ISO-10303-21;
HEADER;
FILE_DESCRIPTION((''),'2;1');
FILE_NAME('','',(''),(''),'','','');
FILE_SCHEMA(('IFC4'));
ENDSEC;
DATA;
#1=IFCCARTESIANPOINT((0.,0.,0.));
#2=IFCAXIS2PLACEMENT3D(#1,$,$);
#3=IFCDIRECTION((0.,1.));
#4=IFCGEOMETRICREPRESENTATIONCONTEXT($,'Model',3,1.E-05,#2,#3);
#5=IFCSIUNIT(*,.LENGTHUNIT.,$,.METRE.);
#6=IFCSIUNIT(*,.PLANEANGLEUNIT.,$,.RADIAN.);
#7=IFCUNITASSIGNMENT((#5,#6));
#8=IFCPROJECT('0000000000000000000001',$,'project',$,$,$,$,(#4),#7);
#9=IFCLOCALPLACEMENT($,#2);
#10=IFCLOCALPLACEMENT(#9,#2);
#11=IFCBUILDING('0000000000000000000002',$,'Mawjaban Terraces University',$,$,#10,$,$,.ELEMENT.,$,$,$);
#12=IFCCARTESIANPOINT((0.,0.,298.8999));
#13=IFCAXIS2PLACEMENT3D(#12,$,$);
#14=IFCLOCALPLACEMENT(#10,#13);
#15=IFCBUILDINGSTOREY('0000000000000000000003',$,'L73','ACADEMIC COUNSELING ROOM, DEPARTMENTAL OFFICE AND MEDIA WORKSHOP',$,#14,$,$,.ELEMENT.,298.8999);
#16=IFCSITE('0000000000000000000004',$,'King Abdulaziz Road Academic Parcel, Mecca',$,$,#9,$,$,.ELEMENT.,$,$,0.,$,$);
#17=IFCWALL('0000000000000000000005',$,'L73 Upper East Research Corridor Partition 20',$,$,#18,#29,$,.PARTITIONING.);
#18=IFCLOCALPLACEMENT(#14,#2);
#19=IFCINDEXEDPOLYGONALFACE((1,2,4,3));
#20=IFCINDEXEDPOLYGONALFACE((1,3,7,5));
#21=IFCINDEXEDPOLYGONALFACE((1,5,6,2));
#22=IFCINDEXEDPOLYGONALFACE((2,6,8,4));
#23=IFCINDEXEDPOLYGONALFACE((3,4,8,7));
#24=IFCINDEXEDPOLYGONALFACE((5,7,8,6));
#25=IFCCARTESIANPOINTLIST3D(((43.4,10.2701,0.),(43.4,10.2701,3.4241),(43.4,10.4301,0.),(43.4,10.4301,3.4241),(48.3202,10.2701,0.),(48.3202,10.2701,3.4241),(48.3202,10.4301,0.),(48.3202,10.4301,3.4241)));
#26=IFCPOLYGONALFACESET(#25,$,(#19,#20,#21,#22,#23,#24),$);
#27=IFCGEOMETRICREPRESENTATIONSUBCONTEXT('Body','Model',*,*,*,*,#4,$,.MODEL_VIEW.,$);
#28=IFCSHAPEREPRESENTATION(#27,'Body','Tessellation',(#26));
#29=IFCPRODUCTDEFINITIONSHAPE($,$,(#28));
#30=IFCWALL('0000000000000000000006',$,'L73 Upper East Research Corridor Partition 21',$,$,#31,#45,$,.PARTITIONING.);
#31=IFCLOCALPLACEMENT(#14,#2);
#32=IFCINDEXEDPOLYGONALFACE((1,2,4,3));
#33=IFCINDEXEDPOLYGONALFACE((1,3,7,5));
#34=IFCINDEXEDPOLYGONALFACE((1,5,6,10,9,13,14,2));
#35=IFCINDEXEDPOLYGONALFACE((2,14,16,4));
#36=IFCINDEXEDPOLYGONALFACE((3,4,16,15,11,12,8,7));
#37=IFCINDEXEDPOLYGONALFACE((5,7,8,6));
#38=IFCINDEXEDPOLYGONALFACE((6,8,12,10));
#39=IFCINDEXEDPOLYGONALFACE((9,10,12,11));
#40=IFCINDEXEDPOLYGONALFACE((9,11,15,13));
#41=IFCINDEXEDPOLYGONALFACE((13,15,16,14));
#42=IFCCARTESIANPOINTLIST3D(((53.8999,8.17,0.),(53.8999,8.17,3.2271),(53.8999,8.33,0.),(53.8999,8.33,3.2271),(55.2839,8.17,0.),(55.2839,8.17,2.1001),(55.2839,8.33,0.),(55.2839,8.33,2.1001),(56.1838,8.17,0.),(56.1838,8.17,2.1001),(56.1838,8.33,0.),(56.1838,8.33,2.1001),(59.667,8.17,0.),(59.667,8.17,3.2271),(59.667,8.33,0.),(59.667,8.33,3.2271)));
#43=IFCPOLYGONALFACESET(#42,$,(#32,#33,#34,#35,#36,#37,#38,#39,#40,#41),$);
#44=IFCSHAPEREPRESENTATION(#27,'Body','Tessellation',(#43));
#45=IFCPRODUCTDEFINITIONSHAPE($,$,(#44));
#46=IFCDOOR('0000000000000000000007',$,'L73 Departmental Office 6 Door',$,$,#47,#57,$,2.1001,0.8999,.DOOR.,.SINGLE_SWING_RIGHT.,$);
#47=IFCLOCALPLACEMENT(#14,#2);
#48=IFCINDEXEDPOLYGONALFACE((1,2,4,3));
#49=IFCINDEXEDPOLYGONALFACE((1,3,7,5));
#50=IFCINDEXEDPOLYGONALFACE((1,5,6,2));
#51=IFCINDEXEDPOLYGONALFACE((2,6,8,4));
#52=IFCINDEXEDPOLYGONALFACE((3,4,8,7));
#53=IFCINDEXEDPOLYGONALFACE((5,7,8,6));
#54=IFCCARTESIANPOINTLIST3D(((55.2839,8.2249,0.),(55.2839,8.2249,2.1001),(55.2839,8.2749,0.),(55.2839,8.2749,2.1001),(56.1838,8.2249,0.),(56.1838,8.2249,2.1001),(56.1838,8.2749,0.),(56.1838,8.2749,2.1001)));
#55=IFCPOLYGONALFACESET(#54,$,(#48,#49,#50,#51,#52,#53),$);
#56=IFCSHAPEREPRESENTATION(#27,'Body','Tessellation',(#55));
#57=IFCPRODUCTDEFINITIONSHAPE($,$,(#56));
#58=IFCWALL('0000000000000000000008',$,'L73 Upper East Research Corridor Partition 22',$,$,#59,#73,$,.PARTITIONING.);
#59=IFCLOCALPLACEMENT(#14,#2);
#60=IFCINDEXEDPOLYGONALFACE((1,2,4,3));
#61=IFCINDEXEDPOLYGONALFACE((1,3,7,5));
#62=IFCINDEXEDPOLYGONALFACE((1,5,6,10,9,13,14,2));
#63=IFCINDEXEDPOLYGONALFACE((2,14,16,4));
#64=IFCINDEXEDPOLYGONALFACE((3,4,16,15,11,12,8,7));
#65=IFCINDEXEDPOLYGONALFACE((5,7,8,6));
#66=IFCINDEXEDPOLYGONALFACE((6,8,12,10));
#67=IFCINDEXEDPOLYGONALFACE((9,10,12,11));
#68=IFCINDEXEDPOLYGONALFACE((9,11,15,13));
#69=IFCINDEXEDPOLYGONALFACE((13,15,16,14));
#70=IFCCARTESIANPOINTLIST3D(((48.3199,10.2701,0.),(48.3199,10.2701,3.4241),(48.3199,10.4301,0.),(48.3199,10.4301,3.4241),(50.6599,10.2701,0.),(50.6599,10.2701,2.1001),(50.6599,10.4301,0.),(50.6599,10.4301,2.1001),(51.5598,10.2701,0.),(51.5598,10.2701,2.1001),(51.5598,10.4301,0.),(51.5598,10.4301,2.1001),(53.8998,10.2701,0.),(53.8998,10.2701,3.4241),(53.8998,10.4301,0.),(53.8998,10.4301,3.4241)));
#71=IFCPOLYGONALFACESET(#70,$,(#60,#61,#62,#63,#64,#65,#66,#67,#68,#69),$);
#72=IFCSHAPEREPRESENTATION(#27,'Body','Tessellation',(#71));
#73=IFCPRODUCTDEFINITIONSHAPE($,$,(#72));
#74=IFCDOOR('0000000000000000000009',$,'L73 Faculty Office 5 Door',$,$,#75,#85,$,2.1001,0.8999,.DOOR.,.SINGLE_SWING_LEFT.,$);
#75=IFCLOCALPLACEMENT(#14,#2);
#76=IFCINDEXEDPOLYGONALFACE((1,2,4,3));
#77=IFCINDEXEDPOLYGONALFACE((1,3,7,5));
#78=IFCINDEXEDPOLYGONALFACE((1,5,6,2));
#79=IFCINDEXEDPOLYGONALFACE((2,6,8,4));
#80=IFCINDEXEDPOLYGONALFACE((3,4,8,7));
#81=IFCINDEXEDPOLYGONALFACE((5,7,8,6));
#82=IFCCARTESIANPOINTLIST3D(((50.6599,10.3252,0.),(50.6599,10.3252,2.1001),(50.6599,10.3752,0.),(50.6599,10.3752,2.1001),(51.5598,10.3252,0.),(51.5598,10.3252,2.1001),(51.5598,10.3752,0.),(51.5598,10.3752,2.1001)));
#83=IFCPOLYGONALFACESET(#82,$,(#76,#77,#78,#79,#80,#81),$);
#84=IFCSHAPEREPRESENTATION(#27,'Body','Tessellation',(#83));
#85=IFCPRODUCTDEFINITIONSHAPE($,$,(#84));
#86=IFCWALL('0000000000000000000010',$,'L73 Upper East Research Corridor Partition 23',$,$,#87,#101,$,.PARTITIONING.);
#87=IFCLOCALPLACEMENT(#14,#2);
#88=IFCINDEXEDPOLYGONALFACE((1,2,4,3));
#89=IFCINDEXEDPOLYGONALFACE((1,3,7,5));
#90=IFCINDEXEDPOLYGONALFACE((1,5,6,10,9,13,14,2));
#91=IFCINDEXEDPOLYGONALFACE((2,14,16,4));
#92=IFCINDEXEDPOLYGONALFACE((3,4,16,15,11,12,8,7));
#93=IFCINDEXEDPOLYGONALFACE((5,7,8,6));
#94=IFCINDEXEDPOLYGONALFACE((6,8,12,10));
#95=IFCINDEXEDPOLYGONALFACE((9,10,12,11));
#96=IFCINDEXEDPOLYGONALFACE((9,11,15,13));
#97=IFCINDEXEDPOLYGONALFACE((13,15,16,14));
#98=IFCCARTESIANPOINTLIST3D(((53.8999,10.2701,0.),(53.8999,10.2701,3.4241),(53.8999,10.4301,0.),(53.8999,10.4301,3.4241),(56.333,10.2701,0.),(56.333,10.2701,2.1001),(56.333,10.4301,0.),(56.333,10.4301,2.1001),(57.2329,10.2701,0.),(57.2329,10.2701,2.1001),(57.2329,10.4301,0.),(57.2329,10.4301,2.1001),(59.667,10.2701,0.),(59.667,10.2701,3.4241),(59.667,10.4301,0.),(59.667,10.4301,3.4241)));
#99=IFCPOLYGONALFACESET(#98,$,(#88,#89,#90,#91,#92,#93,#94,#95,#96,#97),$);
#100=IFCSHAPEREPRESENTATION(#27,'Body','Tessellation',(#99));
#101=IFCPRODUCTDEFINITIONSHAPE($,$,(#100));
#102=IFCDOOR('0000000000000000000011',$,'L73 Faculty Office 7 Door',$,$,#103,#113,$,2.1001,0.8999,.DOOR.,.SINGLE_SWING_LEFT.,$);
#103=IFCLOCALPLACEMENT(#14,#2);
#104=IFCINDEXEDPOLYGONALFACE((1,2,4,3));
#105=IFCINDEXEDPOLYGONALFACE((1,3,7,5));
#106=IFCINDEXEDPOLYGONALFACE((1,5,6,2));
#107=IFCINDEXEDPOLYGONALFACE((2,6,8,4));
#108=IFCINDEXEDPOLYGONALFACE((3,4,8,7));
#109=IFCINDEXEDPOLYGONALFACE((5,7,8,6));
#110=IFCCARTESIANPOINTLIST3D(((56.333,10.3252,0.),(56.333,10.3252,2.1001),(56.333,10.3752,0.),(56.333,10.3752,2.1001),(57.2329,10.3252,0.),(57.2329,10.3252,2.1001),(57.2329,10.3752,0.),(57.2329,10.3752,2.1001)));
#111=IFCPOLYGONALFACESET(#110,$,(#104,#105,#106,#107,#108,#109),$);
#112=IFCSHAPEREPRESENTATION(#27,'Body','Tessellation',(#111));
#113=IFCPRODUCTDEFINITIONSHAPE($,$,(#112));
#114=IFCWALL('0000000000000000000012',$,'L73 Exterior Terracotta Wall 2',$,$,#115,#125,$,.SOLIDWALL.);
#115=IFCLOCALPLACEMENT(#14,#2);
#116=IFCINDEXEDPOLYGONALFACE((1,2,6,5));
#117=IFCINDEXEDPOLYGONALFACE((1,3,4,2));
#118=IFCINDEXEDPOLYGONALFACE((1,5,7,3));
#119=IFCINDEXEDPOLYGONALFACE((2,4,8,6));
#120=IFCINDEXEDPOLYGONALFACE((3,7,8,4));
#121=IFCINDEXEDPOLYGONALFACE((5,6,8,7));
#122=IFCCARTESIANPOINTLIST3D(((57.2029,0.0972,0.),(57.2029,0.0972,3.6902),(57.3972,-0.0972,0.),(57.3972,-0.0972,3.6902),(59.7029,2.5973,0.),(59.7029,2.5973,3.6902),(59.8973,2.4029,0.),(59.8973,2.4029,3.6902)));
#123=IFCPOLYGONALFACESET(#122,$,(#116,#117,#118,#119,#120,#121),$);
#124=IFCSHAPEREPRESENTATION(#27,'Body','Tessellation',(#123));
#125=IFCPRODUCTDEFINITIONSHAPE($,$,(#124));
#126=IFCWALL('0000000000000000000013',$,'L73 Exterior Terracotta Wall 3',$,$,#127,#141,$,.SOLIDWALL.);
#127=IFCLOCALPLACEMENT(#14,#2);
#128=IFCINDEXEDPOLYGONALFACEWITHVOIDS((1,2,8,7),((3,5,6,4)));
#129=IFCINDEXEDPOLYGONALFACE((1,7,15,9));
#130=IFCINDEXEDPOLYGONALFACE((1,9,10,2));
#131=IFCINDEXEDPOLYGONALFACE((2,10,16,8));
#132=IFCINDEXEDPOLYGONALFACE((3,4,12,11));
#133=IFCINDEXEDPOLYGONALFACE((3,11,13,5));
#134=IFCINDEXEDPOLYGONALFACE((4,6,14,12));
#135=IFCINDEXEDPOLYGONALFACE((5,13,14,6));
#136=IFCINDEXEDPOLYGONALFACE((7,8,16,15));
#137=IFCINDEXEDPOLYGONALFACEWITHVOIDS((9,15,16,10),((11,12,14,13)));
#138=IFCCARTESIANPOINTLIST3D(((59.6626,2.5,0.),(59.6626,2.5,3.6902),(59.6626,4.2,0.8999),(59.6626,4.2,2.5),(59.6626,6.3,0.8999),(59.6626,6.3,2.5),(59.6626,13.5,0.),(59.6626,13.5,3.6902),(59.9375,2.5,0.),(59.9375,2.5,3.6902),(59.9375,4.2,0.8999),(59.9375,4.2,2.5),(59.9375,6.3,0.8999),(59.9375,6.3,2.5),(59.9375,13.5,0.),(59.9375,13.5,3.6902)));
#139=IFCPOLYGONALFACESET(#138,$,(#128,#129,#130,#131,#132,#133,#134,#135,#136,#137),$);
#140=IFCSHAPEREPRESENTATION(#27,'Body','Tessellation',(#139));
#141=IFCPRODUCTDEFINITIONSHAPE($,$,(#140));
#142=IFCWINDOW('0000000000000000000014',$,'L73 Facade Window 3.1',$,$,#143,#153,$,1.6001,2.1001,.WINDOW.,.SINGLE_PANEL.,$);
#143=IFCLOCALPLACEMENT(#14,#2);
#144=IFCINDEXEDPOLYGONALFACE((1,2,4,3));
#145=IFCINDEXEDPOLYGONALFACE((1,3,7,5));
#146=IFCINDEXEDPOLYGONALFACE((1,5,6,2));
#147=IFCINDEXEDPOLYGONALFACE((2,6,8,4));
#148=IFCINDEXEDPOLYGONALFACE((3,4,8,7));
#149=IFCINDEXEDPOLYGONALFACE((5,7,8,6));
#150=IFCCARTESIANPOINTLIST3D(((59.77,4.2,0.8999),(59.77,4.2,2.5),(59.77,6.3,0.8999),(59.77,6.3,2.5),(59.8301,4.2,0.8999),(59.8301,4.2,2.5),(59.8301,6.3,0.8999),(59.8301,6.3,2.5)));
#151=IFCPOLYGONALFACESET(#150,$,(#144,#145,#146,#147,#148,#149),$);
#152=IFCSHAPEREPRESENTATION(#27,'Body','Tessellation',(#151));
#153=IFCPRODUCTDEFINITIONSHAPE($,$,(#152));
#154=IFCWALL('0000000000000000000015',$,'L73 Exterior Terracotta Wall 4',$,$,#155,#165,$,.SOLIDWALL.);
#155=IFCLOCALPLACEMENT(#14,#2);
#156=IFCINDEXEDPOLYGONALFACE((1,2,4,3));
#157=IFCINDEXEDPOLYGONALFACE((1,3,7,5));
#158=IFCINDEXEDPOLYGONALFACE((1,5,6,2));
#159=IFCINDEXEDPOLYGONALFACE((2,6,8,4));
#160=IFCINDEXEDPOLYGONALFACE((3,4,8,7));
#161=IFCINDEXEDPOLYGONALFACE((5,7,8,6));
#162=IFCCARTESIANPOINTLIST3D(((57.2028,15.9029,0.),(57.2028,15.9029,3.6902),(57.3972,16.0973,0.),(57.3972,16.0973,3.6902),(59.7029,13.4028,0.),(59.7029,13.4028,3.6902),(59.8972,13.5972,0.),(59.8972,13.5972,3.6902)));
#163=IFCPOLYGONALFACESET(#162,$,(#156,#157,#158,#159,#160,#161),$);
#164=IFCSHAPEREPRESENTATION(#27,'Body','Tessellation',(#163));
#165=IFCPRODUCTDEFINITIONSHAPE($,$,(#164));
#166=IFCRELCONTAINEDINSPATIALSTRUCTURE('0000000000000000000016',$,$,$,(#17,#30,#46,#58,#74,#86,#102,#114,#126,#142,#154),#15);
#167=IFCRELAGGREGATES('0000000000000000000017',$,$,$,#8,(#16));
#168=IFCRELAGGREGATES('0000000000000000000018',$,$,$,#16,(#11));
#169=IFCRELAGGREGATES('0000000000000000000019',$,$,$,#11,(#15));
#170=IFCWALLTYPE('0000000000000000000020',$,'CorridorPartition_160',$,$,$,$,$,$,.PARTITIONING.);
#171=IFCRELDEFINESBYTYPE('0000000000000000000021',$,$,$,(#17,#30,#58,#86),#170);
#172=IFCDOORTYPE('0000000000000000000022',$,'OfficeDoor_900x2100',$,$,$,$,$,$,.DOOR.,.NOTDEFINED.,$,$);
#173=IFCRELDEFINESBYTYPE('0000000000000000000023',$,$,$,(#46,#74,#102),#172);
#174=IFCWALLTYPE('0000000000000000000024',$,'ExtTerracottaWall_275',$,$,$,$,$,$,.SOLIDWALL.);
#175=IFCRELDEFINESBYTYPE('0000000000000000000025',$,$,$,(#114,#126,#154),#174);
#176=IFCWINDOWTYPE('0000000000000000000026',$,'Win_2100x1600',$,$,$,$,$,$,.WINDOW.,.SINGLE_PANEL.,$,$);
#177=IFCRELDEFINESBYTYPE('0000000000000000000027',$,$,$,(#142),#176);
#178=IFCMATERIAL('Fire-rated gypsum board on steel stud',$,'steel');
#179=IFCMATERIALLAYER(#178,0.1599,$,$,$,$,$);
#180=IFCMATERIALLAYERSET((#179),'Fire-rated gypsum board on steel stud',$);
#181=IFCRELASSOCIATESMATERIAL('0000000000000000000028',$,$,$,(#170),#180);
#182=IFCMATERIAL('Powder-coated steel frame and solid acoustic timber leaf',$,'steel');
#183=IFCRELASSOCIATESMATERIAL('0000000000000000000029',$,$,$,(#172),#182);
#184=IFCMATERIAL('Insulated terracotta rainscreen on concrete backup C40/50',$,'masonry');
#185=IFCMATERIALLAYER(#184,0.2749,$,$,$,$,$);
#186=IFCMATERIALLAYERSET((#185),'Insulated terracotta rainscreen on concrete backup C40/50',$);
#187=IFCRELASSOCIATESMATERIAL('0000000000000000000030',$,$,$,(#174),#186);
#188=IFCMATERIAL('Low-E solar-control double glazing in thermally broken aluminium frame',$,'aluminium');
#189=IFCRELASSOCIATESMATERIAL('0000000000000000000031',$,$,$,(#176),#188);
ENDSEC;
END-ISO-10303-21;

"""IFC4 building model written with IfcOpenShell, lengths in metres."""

from ifc_helpers import new_model, si_unit, direction, frame, frame_2d, origin, place, context, subcontext, project, spatial, rectangle, extrude, material, layer, layer_set, type_object, element, fill, save


model = new_model("IFC4")

# Units and contexts
model_context = context("Model", 3, precision=1e-05, world=origin(), true_north=direction((0.0, 1.0)))
body_context = subcontext(model_context, "Body", "Model", "MODEL_VIEW")
ifc_project = project(units=[si_unit("LENGTHUNIT", "METRE"), si_unit("PLANEANGLEUNIT", "RADIAN")], contexts=[model_context])

# Site, building, storey
site_placement = place(None, origin())
site = spatial("IfcSite", under=ifc_project, at=site_placement, Name="King Abdulaziz Road Academic Parcel, Mecca", CompositionType="ELEMENT", RefElevation=0.0)
building_placement = place(site_placement, origin())
building = spatial("IfcBuilding", under=site, at=building_placement, Name="Mawjaban Terraces University", CompositionType="ELEMENT")
storey_placement = place(building_placement, frame((0.0, 0.0, 298.8999)))
storey = spatial("IfcBuildingStorey", under=building, at=storey_placement, Name="L73", Description="ACADEMIC COUNSELING ROOM, DEPARTMENTAL OFFICE AND MEDIA WORKSHOP", CompositionType="ELEMENT", Elevation=298.8999)

# Shared definitions
ifc_material_1 = material(Name="Fire-rated gypsum board on steel stud", Category="steel")
ifc_layer_1 = layer(ifc_material_1, 0.1599)
ifc_layer_set_1 = layer_set([ifc_layer_1], Name="Fire-rated gypsum board on steel stud")
wall_type_1 = type_object("IfcWallType", Name="CorridorPartition_160", PredefinedType="PARTITIONING", material=ifc_layer_set_1)
ifc_material_2 = material(Name="Powder-coated steel frame and solid acoustic timber leaf", Category="steel")
door_type = type_object("IfcDoorType", Name="OfficeDoor_900x2100", OperationType="NOTDEFINED", PredefinedType="DOOR", material=ifc_material_2)

# Wall
wall_1_placement = place(storey_placement, frame((48.3201, 10.3501, 0.0), z_axis=(0.0, 0.0, 1.0), x_axis=(-1.0, 0.0, 0.0)))
element("IfcWall", 1, at=wall_1_placement, inside=storey, type_object=wall_type_1, Name="L73 Upper East Research Corridor Partition 20", PredefinedType="PARTITIONING", context=body_context, shape_type="SweptSolid", body=[
    extrude(rectangle(XDim=4.9202, YDim=0.1599, at=frame_2d((2.46, 0.0))), origin(), (0.0, 0.0, 1.0), 3.4241),
])

# Walls, openings, doors
wall_2_placement = place(storey_placement, frame((53.8999, 8.25, 0.0), z_axis=(0.0, 0.0, 1.0), x_axis=(1.0, 0.0, 0.0)))
wall_2 = element("IfcWall", 2, at=wall_2_placement, inside=storey, type_object=wall_type_1, Name="L73 Upper East Research Corridor Partition 21", PredefinedType="PARTITIONING", context=body_context, shape_type="SweptSolid", body=[
    extrude(rectangle(XDim=5.7671, YDim=0.1599, at=frame_2d((2.8835, 0.0))), origin(), (0.0, 0.0, 1.0), 3.2271),
])
opening_1_placement = place(wall_2_placement, frame((1.384, 0.0, 0.0)))
opening_1 = element("IfcOpeningElement", 3, at=opening_1_placement, cuts=wall_2, PredefinedType="OPENING", context=body_context, shape_type="SweptSolid", body=[
    extrude(rectangle(XDim=0.8999, YDim=2.1001, at=frame_2d((0.45, 1.05))), frame((0.0, 0.0898, 0.0), z_axis=(0.0, -1.0, 0.0), x_axis=(1.0, 0.0, 0.0)), (0.0, 0.0, 1.0), 0.1799),
])
door_1_placement = place(opening_1_placement, origin())
door_1 = element("IfcDoor", 4, at=door_1_placement, inside=storey, type_object=door_type, Name="L73 Departmental Office 6 Door", OperationType="SINGLE_SWING_RIGHT", OverallHeight=2.1001, OverallWidth=0.8999, PredefinedType="DOOR", context=body_context, shape_type="SweptSolid", body=[
    extrude(rectangle(XDim=0.8999, YDim=2.1001, at=frame_2d((0.45, 1.05))), frame((0.0, 0.0249, 0.0), z_axis=(0.0, -1.0, 0.0), x_axis=(1.0, 0.0, 0.0)), (0.0, 0.0, 1.0), 0.05),
])
fill(opening_1, door_1)
wall_3_placement = place(storey_placement, frame((53.8999, 10.3501, 0.0), z_axis=(0.0, 0.0, 1.0), x_axis=(-1.0, 0.0, 0.0)))
wall_3 = element("IfcWall", 5, at=wall_3_placement, inside=storey, type_object=wall_type_1, Name="L73 Upper East Research Corridor Partition 22", PredefinedType="PARTITIONING", context=body_context, shape_type="SweptSolid", body=[
    extrude(rectangle(XDim=5.5798, YDim=0.1599, at=frame_2d((2.79, 0.0))), origin(), (0.0, 0.0, 1.0), 3.4241),
])
opening_2_placement = place(wall_3_placement, frame((2.3401, 0.0, 0.0)))
opening_2 = element("IfcOpeningElement", 6, at=opening_2_placement, cuts=wall_3, PredefinedType="OPENING", context=body_context, shape_type="SweptSolid", body=[
    extrude(rectangle(XDim=0.8999, YDim=2.1001, at=frame_2d((0.45, 1.05))), frame((0.0, 0.0898, 0.0), z_axis=(0.0, -1.0, 0.0), x_axis=(1.0, 0.0, 0.0)), (0.0, 0.0, 1.0), 0.1799),
])
door_2_placement = place(opening_2_placement, origin())
door_2 = element("IfcDoor", 7, at=door_2_placement, inside=storey, type_object=door_type, Name="L73 Faculty Office 5 Door", OperationType="SINGLE_SWING_LEFT", OverallHeight=2.1001, OverallWidth=0.8999, PredefinedType="DOOR", context=body_context, shape_type="SweptSolid", body=[
    extrude(rectangle(XDim=0.8999, YDim=2.1001, at=frame_2d((0.45, 1.05))), frame((0.0, 0.0249, 0.0), z_axis=(0.0, -1.0, 0.0), x_axis=(1.0, 0.0, 0.0)), (0.0, 0.0, 1.0), 0.05),
])
fill(opening_2, door_2)
wall_4_placement = place(storey_placement, frame((59.667, 10.3501, 0.0), z_axis=(0.0, 0.0, 1.0), x_axis=(-1.0, 0.0, 0.0)))
wall_4 = element("IfcWall", 8, at=wall_4_placement, inside=storey, type_object=wall_type_1, Name="L73 Upper East Research Corridor Partition 23", PredefinedType="PARTITIONING", context=body_context, shape_type="SweptSolid", body=[
    extrude(rectangle(XDim=5.7671, YDim=0.1599, at=frame_2d((2.8835, 0.0))), origin(), (0.0, 0.0, 1.0), 3.4241),
])
opening_3_placement = place(wall_4_placement, frame((2.4341, 0.0, 0.0)))
opening_3 = element("IfcOpeningElement", 9, at=opening_3_placement, cuts=wall_4, PredefinedType="OPENING", context=body_context, shape_type="SweptSolid", body=[
    extrude(rectangle(XDim=0.8999, YDim=2.1001, at=frame_2d((0.45, 1.05))), frame((0.0, 0.0898, 0.0), z_axis=(0.0, -1.0, 0.0), x_axis=(1.0, 0.0, 0.0)), (0.0, 0.0, 1.0), 0.1799),
])
door_3_placement = place(opening_3_placement, origin())
door_3 = element("IfcDoor", 10, at=door_3_placement, inside=storey, type_object=door_type, Name="L73 Faculty Office 7 Door", OperationType="SINGLE_SWING_LEFT", OverallHeight=2.1001, OverallWidth=0.8999, PredefinedType="DOOR", context=body_context, shape_type="SweptSolid", body=[
    extrude(rectangle(XDim=0.8999, YDim=2.1001, at=frame_2d((0.45, 1.05))), frame((0.0, 0.0249, 0.0), z_axis=(0.0, -1.0, 0.0), x_axis=(1.0, 0.0, 0.0)), (0.0, 0.0, 1.0), 0.05),
])
fill(opening_3, door_3)

# Wall
ifc_material_3 = material(Name="Insulated terracotta rainscreen on concrete backup C40/50", Category="masonry")
ifc_layer_2 = layer(ifc_material_3, 0.2749)
ifc_layer_set_2 = layer_set([ifc_layer_2], Name="Insulated terracotta rainscreen on concrete backup C40/50")
wall_type_2 = type_object("IfcWallType", Name="ExtTerracottaWall_275", PredefinedType="SOLIDWALL", material=ifc_layer_set_2)
wall_5_placement = place(storey_placement, frame((57.3, 0.0, 0.0), z_axis=(0.0, 0.0, 1.0), x_axis=(0.707107, 0.707107, 0.0)))
element("IfcWall", 11, at=wall_5_placement, inside=storey, type_object=wall_type_2, Name="L73 Exterior Terracotta Wall 2", PredefinedType="SOLIDWALL", context=body_context, shape_type="SweptSolid", body=[
    extrude(rectangle(XDim=3.5356, YDim=0.2749, at=frame_2d((1.7678, 0.0))), origin(), (0.0, 0.0, 1.0), 3.6902),
])

# Wall, opening, window
wall_6_placement = place(storey_placement, frame((59.8, 2.5, 0.0), z_axis=(0.0, 0.0, 1.0), x_axis=(0.0, 1.0, 0.0)))
wall_6 = element("IfcWall", 12, at=wall_6_placement, inside=storey, type_object=wall_type_2, Name="L73 Exterior Terracotta Wall 3", PredefinedType="SOLIDWALL", context=body_context, shape_type="SweptSolid", body=[
    extrude(rectangle(XDim=11.0, YDim=0.2749, at=frame_2d((5.5, 0.0))), origin(), (0.0, 0.0, 1.0), 3.6902),
])
opening_4_placement = place(wall_6_placement, frame((1.7, 0.0, 0.8999)))
opening_4 = element("IfcOpeningElement", 13, at=opening_4_placement, cuts=wall_6, PredefinedType="OPENING", context=body_context, shape_type="SweptSolid", body=[
    extrude(rectangle(XDim=2.1001, YDim=1.6001, at=frame_2d((1.05, 0.8))), frame((0.0, 0.1475, 0.0), z_axis=(0.0, -1.0, 0.0), x_axis=(1.0, 0.0, 0.0)), (0.0, 0.0, 1.0), 0.2949),
])
ifc_material_4 = material(Name="Low-E solar-control double glazing in thermally broken aluminium frame", Category="aluminium")
window_type = type_object("IfcWindowType", Name="Win_2100x1600", PartitioningType="SINGLE_PANEL", PredefinedType="WINDOW", material=ifc_material_4)
window_placement = place(opening_4_placement, origin())
window = element("IfcWindow", 14, at=window_placement, inside=storey, type_object=window_type, Name="L73 Facade Window 3.1", OverallHeight=1.6001, OverallWidth=2.1001, PartitioningType="SINGLE_PANEL", PredefinedType="WINDOW", context=body_context, shape_type="SweptSolid", body=[
    extrude(rectangle(XDim=2.1001, YDim=1.6001, at=frame_2d((1.05, 0.8))), frame((0.0, 0.03, 0.0), z_axis=(0.0, -1.0, 0.0), x_axis=(1.0, 0.0, 0.0)), (0.0, 0.0, 1.0), 0.0601),
])
fill(opening_4, window)

# Wall
wall_7_placement = place(storey_placement, frame((59.8, 13.5, 0.0), z_axis=(0.0, 0.0, 1.0), x_axis=(-0.707107, 0.707107, 0.0)))
element("IfcWall", 15, at=wall_7_placement, inside=storey, type_object=wall_type_2, Name="L73 Exterior Terracotta Wall 4", PredefinedType="SOLIDWALL", context=body_context, shape_type="SweptSolid", body=[
    extrude(rectangle(XDim=3.5356, YDim=0.2749, at=frame_2d((1.7678, 0.0))), origin(), (0.0, 0.0, 1.0), 3.6902),
])

save(model, "model.ifc")
